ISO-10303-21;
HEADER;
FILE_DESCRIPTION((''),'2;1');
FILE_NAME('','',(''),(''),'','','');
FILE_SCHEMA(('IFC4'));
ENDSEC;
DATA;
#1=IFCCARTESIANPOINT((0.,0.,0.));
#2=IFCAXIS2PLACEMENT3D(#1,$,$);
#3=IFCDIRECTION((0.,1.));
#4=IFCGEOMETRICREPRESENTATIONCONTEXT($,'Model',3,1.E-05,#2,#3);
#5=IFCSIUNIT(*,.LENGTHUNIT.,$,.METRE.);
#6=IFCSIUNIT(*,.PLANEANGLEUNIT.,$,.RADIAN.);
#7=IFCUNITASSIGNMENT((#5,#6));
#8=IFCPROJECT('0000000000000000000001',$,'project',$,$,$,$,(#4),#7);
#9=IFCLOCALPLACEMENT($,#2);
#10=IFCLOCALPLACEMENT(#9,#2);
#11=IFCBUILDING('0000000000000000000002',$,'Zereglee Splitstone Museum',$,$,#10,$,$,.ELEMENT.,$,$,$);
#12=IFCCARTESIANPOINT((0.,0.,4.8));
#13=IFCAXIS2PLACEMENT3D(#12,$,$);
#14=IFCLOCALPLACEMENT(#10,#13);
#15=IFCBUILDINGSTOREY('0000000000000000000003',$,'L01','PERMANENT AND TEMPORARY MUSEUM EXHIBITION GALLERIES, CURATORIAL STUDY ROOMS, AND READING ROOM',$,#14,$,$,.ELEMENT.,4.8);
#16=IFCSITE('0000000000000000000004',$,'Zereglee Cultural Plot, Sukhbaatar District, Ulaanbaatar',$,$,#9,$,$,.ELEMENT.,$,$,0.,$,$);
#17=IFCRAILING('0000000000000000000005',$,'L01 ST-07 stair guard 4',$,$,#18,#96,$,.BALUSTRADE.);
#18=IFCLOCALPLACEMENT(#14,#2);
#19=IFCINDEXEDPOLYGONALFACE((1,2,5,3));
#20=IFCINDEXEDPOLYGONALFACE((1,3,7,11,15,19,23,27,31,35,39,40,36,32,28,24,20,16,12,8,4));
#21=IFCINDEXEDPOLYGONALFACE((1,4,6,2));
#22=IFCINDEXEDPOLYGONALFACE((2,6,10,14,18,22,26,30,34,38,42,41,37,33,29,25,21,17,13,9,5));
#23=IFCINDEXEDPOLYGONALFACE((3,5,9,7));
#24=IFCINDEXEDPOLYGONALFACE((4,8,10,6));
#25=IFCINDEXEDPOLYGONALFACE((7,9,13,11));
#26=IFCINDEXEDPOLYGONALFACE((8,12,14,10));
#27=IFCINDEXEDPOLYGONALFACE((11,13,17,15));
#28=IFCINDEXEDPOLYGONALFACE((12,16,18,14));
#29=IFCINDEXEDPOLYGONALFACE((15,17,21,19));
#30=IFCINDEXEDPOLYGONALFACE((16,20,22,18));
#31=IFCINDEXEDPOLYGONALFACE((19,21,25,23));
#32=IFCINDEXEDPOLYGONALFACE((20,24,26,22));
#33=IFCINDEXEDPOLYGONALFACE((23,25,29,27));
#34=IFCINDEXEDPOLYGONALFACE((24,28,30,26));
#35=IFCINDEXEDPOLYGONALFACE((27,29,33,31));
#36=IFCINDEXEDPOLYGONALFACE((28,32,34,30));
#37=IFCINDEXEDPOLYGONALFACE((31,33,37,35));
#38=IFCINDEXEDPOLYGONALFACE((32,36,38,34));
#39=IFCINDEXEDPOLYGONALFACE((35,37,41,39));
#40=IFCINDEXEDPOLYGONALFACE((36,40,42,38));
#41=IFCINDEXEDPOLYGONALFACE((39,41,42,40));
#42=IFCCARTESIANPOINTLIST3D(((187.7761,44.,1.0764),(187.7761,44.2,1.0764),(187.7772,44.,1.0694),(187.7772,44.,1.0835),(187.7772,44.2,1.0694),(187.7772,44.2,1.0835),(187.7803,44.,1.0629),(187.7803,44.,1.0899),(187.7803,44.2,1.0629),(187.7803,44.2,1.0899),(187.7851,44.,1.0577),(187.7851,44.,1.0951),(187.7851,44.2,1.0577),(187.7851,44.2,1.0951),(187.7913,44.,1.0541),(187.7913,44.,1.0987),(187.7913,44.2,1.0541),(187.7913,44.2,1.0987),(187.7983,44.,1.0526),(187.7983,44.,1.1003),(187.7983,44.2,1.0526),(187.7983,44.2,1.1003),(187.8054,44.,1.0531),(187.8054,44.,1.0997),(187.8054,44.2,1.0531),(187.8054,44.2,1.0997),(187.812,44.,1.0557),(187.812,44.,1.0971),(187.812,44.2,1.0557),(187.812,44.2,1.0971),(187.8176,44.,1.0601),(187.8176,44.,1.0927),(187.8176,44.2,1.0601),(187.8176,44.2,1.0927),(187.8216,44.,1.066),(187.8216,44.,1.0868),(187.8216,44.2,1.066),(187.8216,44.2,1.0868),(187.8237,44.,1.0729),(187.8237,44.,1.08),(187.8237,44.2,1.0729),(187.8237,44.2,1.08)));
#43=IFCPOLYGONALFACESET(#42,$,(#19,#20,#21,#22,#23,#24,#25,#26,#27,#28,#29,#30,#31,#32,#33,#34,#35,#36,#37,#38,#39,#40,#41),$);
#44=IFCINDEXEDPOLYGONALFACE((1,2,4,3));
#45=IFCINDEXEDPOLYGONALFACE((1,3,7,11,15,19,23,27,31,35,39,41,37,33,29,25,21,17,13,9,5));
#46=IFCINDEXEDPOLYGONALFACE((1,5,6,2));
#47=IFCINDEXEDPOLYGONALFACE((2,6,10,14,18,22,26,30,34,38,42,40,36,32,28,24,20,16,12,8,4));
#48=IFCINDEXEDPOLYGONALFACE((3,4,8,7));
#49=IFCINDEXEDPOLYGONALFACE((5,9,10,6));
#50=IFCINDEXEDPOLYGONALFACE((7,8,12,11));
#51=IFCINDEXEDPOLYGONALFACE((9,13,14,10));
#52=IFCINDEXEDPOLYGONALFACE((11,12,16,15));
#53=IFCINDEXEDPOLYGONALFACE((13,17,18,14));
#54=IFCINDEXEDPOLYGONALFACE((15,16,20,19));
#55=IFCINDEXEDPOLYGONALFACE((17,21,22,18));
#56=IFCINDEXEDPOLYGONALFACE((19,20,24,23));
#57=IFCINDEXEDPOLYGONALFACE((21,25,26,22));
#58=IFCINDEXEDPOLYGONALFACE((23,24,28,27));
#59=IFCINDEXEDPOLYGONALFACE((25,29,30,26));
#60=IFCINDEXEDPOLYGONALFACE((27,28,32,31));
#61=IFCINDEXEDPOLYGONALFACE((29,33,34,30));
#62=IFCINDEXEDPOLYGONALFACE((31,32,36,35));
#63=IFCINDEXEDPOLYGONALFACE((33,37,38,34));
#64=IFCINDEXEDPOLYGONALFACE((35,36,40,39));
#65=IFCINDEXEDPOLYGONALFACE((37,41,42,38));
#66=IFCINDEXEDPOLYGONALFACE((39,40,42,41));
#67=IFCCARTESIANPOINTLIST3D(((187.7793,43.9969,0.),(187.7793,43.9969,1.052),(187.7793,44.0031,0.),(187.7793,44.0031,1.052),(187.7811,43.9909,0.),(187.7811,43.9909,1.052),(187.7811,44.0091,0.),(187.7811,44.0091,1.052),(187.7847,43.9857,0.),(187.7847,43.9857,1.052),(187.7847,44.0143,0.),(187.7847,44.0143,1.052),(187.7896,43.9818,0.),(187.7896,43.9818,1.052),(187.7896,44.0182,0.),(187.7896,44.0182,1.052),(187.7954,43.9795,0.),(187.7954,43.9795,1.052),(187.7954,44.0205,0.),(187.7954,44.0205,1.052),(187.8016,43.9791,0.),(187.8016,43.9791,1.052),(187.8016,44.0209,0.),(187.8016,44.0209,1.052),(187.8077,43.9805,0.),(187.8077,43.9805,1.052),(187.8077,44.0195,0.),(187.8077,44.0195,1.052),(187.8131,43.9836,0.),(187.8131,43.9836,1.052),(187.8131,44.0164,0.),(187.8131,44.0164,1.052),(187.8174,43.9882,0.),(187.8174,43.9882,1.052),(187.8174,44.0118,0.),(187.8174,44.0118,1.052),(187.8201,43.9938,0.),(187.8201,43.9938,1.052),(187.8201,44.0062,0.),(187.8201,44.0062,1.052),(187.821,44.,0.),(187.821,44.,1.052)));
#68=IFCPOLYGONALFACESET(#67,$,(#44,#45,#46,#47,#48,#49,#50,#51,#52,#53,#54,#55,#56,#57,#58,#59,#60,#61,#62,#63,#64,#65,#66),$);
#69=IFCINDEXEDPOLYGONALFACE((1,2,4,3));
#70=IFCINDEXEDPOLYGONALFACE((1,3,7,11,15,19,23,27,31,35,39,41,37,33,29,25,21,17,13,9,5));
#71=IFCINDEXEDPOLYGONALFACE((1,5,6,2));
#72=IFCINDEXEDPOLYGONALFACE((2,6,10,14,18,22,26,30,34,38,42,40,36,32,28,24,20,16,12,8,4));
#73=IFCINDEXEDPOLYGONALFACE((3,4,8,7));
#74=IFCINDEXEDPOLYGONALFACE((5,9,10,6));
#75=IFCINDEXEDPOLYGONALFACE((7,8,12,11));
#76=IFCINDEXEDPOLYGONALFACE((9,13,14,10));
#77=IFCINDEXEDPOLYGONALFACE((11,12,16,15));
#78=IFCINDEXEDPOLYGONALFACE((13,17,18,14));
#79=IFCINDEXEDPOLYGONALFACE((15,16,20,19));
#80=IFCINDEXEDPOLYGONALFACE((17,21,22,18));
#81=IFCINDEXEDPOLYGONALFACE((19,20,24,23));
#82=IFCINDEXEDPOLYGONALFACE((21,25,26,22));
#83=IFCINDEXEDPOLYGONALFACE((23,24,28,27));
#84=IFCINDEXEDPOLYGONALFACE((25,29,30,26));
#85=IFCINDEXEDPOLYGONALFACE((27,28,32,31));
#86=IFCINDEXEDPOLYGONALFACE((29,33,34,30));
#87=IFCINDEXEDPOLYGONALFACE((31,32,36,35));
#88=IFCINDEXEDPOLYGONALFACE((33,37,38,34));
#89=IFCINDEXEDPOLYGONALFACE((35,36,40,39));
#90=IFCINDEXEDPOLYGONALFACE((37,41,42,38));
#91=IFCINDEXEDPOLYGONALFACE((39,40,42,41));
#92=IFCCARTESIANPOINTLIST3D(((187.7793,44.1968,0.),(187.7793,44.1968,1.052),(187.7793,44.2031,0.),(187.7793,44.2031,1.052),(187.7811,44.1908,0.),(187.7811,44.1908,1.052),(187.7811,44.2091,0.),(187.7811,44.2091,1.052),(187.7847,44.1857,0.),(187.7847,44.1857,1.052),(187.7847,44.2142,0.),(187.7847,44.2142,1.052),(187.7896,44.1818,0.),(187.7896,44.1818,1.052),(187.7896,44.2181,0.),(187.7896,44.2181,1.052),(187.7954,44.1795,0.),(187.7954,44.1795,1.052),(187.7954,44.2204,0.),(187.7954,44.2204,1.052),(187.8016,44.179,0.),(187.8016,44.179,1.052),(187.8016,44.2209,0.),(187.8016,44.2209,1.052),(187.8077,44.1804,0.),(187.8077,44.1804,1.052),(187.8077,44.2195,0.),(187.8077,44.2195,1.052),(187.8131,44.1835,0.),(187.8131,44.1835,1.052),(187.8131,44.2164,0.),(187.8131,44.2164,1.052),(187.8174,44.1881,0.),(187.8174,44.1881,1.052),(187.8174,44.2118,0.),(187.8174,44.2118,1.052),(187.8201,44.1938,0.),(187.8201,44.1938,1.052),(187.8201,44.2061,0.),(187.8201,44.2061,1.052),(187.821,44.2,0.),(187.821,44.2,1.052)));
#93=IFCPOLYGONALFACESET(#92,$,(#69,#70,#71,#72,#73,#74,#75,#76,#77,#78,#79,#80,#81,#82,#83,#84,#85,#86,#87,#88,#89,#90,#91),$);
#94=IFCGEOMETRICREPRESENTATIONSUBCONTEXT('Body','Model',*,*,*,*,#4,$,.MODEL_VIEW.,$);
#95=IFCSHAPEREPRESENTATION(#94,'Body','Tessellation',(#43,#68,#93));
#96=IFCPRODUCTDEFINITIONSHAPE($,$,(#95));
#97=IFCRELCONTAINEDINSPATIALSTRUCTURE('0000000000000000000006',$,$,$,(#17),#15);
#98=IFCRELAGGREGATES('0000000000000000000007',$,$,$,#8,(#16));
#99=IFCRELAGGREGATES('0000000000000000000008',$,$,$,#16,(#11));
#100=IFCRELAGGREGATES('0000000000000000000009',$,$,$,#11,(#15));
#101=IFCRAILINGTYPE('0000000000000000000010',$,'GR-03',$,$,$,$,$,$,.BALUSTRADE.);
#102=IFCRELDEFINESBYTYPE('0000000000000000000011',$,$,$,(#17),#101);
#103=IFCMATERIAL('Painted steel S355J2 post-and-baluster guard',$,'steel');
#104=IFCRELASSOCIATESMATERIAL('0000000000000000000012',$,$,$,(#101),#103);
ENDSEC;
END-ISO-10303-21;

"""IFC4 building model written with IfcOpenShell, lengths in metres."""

from ifc_helpers import new_model, si_unit, direction, frame, origin, origin_2d, place, context, subcontext, project, spatial, circle, extrude, material, type_object, element, save


model = new_model("IFC4")

# Units and contexts
model_context = context("Model", 3, precision=1e-05, world=origin(), true_north=direction((0.0, 1.0)))
body_context = subcontext(model_context, "Body", "Model", "MODEL_VIEW")
ifc_project = project(units=[si_unit("LENGTHUNIT", "METRE"), si_unit("PLANEANGLEUNIT", "RADIAN")], contexts=[model_context])

# Site, building, storey
site_placement = place(None, origin())
site = spatial("IfcSite", under=ifc_project, at=site_placement, Name="Zereglee Cultural Plot, Sukhbaatar District, Ulaanbaatar", CompositionType="ELEMENT", RefElevation=0.0)
building_placement = place(site_placement, origin())
building = spatial("IfcBuilding", under=site, at=building_placement, Name="Zereglee Splitstone Museum", CompositionType="ELEMENT")
storey_placement = place(building_placement, frame((0.0, 0.0, 4.8)))
storey = spatial("IfcBuildingStorey", under=building, at=storey_placement, Name="L01", Description="PERMANENT AND TEMPORARY MUSEUM EXHIBITION GALLERIES, CURATORIAL STUDY ROOMS, AND READING ROOM", CompositionType="ELEMENT", Elevation=4.8)

# Railing
ifc_material_1 = material(Name="Painted steel S355J2 post-and-baluster guard", Category="steel")
railing_type_1 = type_object("IfcRailingType", Name="GR-03", PredefinedType="BALUSTRADE", material=ifc_material_1)
railing_1_placement = place(storey_placement, frame((187.8, 44.0, 0.0)))
element("IfcRailing", 1, at=railing_1_placement, inside=storey, type_object=railing_type_1, Name="L01 ST-07 stair guard 4", PredefinedType="BALUSTRADE", context=body_context, shape_type="SweptSolid", body=[
    extrude(circle(Radius=0.0239, at=origin_2d()), frame((0.0, 0.0, 1.0764), z_axis=(0.0, 1.0, 0.0), x_axis=(-1.0, 0.0, 0.0)), (0.0, 0.0, 1.0), 0.2),
    extrude(circle(Radius=0.021, at=origin_2d()), origin(), (0.0, 0.0, 1.0), 1.052),
    extrude(circle(Radius=0.021, at=origin_2d()), frame((0.0, 0.2, 0.0)), (0.0, 0.0, 1.0), 1.052),
])

save(model, "model.ifc")
